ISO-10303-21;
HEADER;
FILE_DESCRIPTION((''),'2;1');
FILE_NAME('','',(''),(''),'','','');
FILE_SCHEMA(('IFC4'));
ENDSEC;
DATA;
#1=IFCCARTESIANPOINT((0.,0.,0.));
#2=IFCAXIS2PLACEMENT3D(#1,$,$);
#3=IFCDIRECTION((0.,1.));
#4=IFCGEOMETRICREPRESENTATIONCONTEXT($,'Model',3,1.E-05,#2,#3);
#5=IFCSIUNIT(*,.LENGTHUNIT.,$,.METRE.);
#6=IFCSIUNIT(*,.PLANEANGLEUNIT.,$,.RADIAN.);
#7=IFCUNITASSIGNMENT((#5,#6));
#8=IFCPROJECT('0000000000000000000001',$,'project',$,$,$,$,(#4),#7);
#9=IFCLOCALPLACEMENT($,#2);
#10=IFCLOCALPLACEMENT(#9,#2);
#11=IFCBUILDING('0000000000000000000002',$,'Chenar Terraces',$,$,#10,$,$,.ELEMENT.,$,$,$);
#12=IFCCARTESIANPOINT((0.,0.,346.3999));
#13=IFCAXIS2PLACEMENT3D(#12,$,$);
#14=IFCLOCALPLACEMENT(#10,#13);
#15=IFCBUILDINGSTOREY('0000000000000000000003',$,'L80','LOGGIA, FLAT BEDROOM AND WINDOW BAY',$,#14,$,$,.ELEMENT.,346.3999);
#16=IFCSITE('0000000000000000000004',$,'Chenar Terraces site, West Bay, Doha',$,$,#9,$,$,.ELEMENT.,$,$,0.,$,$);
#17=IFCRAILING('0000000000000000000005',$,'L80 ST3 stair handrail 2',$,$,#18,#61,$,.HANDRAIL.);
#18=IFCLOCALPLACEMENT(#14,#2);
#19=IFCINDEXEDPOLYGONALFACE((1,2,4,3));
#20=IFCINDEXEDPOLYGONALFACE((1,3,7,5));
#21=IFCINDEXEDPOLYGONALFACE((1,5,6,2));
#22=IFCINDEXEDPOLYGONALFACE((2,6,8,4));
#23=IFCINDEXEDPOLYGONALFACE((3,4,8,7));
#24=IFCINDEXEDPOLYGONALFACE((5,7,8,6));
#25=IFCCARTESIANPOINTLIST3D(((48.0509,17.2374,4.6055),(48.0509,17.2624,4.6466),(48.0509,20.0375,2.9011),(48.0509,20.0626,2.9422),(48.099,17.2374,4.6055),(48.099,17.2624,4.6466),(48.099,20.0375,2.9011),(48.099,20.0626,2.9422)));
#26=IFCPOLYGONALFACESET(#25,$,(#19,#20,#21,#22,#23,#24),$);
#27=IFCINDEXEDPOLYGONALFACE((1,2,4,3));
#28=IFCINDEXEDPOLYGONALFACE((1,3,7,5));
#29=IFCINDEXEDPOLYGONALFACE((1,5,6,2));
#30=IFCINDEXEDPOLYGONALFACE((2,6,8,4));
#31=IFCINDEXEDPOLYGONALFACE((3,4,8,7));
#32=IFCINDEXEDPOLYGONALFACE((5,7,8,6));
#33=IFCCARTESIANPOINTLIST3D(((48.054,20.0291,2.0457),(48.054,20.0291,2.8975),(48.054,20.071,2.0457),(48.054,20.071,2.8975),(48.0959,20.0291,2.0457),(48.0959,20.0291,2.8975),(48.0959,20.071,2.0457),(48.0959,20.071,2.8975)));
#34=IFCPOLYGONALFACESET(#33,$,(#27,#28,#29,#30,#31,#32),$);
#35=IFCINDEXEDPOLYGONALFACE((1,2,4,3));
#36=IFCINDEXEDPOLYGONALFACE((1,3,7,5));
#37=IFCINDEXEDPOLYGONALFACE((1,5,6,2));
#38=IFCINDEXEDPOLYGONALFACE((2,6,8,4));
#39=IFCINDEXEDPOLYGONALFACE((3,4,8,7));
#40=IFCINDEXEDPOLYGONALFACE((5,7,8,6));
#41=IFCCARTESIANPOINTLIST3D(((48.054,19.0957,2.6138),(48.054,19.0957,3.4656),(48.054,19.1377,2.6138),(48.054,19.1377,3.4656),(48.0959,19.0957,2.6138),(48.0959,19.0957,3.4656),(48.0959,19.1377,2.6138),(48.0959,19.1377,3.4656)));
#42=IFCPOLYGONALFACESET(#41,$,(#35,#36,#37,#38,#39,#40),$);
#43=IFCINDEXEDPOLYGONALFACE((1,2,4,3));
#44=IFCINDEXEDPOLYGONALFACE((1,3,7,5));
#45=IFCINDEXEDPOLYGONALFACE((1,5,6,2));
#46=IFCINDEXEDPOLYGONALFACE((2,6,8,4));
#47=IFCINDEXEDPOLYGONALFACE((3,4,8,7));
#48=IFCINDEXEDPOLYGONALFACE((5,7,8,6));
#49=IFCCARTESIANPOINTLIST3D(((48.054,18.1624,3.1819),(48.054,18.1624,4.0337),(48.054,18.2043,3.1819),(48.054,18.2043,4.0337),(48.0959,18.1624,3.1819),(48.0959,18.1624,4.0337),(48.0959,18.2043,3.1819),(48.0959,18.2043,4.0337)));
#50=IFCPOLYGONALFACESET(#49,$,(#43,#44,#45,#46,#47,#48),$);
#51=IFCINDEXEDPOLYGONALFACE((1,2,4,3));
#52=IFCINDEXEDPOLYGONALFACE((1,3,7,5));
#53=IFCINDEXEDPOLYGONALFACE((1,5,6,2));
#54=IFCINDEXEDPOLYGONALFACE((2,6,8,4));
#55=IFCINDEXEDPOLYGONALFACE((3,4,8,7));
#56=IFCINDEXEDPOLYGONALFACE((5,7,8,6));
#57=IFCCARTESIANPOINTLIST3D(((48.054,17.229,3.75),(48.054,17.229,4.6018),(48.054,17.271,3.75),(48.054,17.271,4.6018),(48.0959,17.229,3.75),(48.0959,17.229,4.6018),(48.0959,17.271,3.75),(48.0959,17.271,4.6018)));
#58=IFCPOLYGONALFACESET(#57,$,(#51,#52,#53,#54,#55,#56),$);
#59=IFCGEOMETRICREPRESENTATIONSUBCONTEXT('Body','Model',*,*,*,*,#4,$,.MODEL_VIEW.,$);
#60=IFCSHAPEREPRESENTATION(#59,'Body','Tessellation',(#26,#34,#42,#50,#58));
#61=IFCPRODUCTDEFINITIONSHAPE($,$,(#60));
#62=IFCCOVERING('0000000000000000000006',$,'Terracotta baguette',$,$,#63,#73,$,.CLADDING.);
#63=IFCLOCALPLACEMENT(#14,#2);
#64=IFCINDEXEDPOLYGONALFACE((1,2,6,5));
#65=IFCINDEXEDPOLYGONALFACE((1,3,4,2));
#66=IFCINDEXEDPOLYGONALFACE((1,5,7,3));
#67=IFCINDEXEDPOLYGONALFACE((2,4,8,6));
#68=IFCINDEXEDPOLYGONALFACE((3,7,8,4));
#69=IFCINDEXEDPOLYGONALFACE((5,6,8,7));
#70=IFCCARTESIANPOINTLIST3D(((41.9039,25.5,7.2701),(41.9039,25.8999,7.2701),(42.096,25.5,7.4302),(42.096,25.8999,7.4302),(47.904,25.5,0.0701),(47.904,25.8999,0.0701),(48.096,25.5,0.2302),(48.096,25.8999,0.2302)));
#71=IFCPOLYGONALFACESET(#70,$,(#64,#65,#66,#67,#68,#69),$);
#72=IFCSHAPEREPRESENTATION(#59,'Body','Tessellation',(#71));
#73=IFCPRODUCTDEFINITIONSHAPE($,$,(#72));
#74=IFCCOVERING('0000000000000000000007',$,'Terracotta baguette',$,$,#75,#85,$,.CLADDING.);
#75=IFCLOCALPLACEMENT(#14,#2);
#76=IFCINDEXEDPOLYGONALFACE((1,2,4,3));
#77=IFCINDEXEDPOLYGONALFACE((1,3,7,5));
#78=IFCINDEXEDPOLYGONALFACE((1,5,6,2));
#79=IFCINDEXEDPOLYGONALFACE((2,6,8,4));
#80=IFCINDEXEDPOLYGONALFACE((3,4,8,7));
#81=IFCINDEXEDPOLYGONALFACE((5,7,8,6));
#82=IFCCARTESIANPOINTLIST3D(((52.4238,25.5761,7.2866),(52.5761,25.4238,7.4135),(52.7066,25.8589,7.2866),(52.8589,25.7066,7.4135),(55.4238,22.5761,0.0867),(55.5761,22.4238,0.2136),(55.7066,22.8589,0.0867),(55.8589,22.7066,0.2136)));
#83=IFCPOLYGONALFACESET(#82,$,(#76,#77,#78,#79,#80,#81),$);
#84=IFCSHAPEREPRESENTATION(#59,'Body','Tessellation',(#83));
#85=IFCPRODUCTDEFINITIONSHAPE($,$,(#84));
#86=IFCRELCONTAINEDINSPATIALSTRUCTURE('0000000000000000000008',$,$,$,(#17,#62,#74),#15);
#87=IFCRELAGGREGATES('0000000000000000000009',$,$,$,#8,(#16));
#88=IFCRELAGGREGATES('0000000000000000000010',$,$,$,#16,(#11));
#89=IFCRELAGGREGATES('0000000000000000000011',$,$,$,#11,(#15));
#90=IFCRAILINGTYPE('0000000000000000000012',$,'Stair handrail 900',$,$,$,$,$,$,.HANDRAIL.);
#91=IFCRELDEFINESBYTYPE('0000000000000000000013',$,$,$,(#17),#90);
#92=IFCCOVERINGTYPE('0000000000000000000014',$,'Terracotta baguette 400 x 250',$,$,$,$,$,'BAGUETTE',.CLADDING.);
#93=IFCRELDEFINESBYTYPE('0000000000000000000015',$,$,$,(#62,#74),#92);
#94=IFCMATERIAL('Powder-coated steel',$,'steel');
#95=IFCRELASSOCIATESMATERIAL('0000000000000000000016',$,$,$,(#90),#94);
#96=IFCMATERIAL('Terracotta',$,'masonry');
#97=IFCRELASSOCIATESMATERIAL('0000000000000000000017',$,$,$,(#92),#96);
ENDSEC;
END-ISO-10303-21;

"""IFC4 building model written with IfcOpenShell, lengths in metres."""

from ifc_helpers import new_model, si_unit, direction, frame, origin, origin_2d, place, context, subcontext, project, spatial, rectangle, extrude, material, material_profile, profile_set, type_object, element, save


model = new_model("IFC4")

# Units and contexts
model_context = context("Model", 3, precision=1e-05, world=origin(), true_north=direction((0.0, 1.0)))
body_context = subcontext(model_context, "Body", "Model", "MODEL_VIEW")
ifc_project = project(units=[si_unit("LENGTHUNIT", "METRE"), si_unit("PLANEANGLEUNIT", "RADIAN")], contexts=[model_context])

# Site, building, storey
site_placement = place(None, origin())
site = spatial("IfcSite", under=ifc_project, at=site_placement, Name="Chenar Terraces site, West Bay, Doha", CompositionType="ELEMENT", RefElevation=0.0)
building_placement = place(site_placement, origin())
building = spatial("IfcBuilding", under=site, at=building_placement, Name="Chenar Terraces", CompositionType="ELEMENT")
storey_placement = place(building_placement, frame((0.0, 0.0, 346.3999)))
storey = spatial("IfcBuildingStorey", under=building, at=storey_placement, Name="L80", Description="LOGGIA, FLAT BEDROOM AND WINDOW BAY", CompositionType="ELEMENT", Elevation=346.3999)

# Railing
ifc_material_1 = material(Name="Powder-coated steel", Category="steel")
railing_type_1 = type_object("IfcRailingType", Name="Stair handrail 900", PredefinedType="HANDRAIL", material=ifc_material_1)
railing_1_placement = place(storey_placement, frame((48.075, 20.05, 2.0457)))
element("IfcRailing", 1, at=railing_1_placement, inside=storey, type_object=railing_type_1, Name="L80 ST3 stair handrail 2", PredefinedType="HANDRAIL", context=body_context, shape_type="SweptSolid", body=[
    extrude(rectangle(XDim=0.0481, YDim=0.0481, at=origin_2d()), frame((0.0, 0.0, 0.876), z_axis=(0.0, -0.854203, 0.51994), x_axis=(1.0, 0.0, 0.0)), (0.0, 0.0, 1.0), 3.2781),
    extrude(rectangle(XDim=0.042, YDim=0.042, at=origin_2d()), origin(), (0.0, 0.0, 1.0), 0.8518),
    extrude(rectangle(XDim=0.042, YDim=0.042, at=origin_2d()), frame((0.0, -0.9333, 0.5681)), (0.0, 0.0, 1.0), 0.8518),
    extrude(rectangle(XDim=0.042, YDim=0.042, at=origin_2d()), frame((0.0, -1.8667, 1.1362)), (0.0, 0.0, 1.0), 0.8518),
    extrude(rectangle(XDim=0.042, YDim=0.042, at=origin_2d()), frame((0.0, -2.8, 1.7043)), (0.0, 0.0, 1.0), 0.8518),
])

# Coverings
ifc_material_2 = material(Name="Terracotta", Category="masonry")
ifc_material_profile_1 = material_profile(ifc_material_2, rectangle(XDim=0.3999, YDim=0.25, at=origin_2d()), Name="Terracotta baguette 400 x 250")
ifc_profile_set_1 = profile_set([ifc_material_profile_1], Name="Terracotta")
covering_type = type_object("IfcCoveringType", Name="Terracotta baguette 400 x 250", ElementType="BAGUETTE", PredefinedType="CLADDING", material=ifc_profile_set_1)
covering_1_placement = place(storey_placement, frame((48.0, 25.7, 0.1501), z_axis=(-0.640187, 0.0, 0.768219), x_axis=(0.0, -1.0, 0.0)))
element("IfcCovering", 2, at=covering_1_placement, inside=storey, type_object=covering_type, Name="Terracotta baguette", PredefinedType="CLADDING", context=body_context, shape_type="SweptSolid", body=[
    extrude(rectangle(XDim=0.3999, YDim=0.25, at=origin_2d()), origin(), (0.0, 0.0, 1.0), 9.3723),
])
covering_2_placement = place(storey_placement, frame((55.6414, 22.6414, 0.1501), z_axis=(-0.358981, 0.358981, 0.861548), x_axis=(-0.707107, -0.707107, 0.0)))
element("IfcCovering", 3, at=covering_2_placement, inside=storey, type_object=covering_type, Name="Terracotta baguette", PredefinedType="CLADDING", context=body_context, shape_type="SweptSolid", body=[
    extrude(rectangle(XDim=0.3999, YDim=0.25, at=origin_2d()), origin(), (0.0, 0.0, 1.0), 8.3569),
])

save(model, "model.ifc")
